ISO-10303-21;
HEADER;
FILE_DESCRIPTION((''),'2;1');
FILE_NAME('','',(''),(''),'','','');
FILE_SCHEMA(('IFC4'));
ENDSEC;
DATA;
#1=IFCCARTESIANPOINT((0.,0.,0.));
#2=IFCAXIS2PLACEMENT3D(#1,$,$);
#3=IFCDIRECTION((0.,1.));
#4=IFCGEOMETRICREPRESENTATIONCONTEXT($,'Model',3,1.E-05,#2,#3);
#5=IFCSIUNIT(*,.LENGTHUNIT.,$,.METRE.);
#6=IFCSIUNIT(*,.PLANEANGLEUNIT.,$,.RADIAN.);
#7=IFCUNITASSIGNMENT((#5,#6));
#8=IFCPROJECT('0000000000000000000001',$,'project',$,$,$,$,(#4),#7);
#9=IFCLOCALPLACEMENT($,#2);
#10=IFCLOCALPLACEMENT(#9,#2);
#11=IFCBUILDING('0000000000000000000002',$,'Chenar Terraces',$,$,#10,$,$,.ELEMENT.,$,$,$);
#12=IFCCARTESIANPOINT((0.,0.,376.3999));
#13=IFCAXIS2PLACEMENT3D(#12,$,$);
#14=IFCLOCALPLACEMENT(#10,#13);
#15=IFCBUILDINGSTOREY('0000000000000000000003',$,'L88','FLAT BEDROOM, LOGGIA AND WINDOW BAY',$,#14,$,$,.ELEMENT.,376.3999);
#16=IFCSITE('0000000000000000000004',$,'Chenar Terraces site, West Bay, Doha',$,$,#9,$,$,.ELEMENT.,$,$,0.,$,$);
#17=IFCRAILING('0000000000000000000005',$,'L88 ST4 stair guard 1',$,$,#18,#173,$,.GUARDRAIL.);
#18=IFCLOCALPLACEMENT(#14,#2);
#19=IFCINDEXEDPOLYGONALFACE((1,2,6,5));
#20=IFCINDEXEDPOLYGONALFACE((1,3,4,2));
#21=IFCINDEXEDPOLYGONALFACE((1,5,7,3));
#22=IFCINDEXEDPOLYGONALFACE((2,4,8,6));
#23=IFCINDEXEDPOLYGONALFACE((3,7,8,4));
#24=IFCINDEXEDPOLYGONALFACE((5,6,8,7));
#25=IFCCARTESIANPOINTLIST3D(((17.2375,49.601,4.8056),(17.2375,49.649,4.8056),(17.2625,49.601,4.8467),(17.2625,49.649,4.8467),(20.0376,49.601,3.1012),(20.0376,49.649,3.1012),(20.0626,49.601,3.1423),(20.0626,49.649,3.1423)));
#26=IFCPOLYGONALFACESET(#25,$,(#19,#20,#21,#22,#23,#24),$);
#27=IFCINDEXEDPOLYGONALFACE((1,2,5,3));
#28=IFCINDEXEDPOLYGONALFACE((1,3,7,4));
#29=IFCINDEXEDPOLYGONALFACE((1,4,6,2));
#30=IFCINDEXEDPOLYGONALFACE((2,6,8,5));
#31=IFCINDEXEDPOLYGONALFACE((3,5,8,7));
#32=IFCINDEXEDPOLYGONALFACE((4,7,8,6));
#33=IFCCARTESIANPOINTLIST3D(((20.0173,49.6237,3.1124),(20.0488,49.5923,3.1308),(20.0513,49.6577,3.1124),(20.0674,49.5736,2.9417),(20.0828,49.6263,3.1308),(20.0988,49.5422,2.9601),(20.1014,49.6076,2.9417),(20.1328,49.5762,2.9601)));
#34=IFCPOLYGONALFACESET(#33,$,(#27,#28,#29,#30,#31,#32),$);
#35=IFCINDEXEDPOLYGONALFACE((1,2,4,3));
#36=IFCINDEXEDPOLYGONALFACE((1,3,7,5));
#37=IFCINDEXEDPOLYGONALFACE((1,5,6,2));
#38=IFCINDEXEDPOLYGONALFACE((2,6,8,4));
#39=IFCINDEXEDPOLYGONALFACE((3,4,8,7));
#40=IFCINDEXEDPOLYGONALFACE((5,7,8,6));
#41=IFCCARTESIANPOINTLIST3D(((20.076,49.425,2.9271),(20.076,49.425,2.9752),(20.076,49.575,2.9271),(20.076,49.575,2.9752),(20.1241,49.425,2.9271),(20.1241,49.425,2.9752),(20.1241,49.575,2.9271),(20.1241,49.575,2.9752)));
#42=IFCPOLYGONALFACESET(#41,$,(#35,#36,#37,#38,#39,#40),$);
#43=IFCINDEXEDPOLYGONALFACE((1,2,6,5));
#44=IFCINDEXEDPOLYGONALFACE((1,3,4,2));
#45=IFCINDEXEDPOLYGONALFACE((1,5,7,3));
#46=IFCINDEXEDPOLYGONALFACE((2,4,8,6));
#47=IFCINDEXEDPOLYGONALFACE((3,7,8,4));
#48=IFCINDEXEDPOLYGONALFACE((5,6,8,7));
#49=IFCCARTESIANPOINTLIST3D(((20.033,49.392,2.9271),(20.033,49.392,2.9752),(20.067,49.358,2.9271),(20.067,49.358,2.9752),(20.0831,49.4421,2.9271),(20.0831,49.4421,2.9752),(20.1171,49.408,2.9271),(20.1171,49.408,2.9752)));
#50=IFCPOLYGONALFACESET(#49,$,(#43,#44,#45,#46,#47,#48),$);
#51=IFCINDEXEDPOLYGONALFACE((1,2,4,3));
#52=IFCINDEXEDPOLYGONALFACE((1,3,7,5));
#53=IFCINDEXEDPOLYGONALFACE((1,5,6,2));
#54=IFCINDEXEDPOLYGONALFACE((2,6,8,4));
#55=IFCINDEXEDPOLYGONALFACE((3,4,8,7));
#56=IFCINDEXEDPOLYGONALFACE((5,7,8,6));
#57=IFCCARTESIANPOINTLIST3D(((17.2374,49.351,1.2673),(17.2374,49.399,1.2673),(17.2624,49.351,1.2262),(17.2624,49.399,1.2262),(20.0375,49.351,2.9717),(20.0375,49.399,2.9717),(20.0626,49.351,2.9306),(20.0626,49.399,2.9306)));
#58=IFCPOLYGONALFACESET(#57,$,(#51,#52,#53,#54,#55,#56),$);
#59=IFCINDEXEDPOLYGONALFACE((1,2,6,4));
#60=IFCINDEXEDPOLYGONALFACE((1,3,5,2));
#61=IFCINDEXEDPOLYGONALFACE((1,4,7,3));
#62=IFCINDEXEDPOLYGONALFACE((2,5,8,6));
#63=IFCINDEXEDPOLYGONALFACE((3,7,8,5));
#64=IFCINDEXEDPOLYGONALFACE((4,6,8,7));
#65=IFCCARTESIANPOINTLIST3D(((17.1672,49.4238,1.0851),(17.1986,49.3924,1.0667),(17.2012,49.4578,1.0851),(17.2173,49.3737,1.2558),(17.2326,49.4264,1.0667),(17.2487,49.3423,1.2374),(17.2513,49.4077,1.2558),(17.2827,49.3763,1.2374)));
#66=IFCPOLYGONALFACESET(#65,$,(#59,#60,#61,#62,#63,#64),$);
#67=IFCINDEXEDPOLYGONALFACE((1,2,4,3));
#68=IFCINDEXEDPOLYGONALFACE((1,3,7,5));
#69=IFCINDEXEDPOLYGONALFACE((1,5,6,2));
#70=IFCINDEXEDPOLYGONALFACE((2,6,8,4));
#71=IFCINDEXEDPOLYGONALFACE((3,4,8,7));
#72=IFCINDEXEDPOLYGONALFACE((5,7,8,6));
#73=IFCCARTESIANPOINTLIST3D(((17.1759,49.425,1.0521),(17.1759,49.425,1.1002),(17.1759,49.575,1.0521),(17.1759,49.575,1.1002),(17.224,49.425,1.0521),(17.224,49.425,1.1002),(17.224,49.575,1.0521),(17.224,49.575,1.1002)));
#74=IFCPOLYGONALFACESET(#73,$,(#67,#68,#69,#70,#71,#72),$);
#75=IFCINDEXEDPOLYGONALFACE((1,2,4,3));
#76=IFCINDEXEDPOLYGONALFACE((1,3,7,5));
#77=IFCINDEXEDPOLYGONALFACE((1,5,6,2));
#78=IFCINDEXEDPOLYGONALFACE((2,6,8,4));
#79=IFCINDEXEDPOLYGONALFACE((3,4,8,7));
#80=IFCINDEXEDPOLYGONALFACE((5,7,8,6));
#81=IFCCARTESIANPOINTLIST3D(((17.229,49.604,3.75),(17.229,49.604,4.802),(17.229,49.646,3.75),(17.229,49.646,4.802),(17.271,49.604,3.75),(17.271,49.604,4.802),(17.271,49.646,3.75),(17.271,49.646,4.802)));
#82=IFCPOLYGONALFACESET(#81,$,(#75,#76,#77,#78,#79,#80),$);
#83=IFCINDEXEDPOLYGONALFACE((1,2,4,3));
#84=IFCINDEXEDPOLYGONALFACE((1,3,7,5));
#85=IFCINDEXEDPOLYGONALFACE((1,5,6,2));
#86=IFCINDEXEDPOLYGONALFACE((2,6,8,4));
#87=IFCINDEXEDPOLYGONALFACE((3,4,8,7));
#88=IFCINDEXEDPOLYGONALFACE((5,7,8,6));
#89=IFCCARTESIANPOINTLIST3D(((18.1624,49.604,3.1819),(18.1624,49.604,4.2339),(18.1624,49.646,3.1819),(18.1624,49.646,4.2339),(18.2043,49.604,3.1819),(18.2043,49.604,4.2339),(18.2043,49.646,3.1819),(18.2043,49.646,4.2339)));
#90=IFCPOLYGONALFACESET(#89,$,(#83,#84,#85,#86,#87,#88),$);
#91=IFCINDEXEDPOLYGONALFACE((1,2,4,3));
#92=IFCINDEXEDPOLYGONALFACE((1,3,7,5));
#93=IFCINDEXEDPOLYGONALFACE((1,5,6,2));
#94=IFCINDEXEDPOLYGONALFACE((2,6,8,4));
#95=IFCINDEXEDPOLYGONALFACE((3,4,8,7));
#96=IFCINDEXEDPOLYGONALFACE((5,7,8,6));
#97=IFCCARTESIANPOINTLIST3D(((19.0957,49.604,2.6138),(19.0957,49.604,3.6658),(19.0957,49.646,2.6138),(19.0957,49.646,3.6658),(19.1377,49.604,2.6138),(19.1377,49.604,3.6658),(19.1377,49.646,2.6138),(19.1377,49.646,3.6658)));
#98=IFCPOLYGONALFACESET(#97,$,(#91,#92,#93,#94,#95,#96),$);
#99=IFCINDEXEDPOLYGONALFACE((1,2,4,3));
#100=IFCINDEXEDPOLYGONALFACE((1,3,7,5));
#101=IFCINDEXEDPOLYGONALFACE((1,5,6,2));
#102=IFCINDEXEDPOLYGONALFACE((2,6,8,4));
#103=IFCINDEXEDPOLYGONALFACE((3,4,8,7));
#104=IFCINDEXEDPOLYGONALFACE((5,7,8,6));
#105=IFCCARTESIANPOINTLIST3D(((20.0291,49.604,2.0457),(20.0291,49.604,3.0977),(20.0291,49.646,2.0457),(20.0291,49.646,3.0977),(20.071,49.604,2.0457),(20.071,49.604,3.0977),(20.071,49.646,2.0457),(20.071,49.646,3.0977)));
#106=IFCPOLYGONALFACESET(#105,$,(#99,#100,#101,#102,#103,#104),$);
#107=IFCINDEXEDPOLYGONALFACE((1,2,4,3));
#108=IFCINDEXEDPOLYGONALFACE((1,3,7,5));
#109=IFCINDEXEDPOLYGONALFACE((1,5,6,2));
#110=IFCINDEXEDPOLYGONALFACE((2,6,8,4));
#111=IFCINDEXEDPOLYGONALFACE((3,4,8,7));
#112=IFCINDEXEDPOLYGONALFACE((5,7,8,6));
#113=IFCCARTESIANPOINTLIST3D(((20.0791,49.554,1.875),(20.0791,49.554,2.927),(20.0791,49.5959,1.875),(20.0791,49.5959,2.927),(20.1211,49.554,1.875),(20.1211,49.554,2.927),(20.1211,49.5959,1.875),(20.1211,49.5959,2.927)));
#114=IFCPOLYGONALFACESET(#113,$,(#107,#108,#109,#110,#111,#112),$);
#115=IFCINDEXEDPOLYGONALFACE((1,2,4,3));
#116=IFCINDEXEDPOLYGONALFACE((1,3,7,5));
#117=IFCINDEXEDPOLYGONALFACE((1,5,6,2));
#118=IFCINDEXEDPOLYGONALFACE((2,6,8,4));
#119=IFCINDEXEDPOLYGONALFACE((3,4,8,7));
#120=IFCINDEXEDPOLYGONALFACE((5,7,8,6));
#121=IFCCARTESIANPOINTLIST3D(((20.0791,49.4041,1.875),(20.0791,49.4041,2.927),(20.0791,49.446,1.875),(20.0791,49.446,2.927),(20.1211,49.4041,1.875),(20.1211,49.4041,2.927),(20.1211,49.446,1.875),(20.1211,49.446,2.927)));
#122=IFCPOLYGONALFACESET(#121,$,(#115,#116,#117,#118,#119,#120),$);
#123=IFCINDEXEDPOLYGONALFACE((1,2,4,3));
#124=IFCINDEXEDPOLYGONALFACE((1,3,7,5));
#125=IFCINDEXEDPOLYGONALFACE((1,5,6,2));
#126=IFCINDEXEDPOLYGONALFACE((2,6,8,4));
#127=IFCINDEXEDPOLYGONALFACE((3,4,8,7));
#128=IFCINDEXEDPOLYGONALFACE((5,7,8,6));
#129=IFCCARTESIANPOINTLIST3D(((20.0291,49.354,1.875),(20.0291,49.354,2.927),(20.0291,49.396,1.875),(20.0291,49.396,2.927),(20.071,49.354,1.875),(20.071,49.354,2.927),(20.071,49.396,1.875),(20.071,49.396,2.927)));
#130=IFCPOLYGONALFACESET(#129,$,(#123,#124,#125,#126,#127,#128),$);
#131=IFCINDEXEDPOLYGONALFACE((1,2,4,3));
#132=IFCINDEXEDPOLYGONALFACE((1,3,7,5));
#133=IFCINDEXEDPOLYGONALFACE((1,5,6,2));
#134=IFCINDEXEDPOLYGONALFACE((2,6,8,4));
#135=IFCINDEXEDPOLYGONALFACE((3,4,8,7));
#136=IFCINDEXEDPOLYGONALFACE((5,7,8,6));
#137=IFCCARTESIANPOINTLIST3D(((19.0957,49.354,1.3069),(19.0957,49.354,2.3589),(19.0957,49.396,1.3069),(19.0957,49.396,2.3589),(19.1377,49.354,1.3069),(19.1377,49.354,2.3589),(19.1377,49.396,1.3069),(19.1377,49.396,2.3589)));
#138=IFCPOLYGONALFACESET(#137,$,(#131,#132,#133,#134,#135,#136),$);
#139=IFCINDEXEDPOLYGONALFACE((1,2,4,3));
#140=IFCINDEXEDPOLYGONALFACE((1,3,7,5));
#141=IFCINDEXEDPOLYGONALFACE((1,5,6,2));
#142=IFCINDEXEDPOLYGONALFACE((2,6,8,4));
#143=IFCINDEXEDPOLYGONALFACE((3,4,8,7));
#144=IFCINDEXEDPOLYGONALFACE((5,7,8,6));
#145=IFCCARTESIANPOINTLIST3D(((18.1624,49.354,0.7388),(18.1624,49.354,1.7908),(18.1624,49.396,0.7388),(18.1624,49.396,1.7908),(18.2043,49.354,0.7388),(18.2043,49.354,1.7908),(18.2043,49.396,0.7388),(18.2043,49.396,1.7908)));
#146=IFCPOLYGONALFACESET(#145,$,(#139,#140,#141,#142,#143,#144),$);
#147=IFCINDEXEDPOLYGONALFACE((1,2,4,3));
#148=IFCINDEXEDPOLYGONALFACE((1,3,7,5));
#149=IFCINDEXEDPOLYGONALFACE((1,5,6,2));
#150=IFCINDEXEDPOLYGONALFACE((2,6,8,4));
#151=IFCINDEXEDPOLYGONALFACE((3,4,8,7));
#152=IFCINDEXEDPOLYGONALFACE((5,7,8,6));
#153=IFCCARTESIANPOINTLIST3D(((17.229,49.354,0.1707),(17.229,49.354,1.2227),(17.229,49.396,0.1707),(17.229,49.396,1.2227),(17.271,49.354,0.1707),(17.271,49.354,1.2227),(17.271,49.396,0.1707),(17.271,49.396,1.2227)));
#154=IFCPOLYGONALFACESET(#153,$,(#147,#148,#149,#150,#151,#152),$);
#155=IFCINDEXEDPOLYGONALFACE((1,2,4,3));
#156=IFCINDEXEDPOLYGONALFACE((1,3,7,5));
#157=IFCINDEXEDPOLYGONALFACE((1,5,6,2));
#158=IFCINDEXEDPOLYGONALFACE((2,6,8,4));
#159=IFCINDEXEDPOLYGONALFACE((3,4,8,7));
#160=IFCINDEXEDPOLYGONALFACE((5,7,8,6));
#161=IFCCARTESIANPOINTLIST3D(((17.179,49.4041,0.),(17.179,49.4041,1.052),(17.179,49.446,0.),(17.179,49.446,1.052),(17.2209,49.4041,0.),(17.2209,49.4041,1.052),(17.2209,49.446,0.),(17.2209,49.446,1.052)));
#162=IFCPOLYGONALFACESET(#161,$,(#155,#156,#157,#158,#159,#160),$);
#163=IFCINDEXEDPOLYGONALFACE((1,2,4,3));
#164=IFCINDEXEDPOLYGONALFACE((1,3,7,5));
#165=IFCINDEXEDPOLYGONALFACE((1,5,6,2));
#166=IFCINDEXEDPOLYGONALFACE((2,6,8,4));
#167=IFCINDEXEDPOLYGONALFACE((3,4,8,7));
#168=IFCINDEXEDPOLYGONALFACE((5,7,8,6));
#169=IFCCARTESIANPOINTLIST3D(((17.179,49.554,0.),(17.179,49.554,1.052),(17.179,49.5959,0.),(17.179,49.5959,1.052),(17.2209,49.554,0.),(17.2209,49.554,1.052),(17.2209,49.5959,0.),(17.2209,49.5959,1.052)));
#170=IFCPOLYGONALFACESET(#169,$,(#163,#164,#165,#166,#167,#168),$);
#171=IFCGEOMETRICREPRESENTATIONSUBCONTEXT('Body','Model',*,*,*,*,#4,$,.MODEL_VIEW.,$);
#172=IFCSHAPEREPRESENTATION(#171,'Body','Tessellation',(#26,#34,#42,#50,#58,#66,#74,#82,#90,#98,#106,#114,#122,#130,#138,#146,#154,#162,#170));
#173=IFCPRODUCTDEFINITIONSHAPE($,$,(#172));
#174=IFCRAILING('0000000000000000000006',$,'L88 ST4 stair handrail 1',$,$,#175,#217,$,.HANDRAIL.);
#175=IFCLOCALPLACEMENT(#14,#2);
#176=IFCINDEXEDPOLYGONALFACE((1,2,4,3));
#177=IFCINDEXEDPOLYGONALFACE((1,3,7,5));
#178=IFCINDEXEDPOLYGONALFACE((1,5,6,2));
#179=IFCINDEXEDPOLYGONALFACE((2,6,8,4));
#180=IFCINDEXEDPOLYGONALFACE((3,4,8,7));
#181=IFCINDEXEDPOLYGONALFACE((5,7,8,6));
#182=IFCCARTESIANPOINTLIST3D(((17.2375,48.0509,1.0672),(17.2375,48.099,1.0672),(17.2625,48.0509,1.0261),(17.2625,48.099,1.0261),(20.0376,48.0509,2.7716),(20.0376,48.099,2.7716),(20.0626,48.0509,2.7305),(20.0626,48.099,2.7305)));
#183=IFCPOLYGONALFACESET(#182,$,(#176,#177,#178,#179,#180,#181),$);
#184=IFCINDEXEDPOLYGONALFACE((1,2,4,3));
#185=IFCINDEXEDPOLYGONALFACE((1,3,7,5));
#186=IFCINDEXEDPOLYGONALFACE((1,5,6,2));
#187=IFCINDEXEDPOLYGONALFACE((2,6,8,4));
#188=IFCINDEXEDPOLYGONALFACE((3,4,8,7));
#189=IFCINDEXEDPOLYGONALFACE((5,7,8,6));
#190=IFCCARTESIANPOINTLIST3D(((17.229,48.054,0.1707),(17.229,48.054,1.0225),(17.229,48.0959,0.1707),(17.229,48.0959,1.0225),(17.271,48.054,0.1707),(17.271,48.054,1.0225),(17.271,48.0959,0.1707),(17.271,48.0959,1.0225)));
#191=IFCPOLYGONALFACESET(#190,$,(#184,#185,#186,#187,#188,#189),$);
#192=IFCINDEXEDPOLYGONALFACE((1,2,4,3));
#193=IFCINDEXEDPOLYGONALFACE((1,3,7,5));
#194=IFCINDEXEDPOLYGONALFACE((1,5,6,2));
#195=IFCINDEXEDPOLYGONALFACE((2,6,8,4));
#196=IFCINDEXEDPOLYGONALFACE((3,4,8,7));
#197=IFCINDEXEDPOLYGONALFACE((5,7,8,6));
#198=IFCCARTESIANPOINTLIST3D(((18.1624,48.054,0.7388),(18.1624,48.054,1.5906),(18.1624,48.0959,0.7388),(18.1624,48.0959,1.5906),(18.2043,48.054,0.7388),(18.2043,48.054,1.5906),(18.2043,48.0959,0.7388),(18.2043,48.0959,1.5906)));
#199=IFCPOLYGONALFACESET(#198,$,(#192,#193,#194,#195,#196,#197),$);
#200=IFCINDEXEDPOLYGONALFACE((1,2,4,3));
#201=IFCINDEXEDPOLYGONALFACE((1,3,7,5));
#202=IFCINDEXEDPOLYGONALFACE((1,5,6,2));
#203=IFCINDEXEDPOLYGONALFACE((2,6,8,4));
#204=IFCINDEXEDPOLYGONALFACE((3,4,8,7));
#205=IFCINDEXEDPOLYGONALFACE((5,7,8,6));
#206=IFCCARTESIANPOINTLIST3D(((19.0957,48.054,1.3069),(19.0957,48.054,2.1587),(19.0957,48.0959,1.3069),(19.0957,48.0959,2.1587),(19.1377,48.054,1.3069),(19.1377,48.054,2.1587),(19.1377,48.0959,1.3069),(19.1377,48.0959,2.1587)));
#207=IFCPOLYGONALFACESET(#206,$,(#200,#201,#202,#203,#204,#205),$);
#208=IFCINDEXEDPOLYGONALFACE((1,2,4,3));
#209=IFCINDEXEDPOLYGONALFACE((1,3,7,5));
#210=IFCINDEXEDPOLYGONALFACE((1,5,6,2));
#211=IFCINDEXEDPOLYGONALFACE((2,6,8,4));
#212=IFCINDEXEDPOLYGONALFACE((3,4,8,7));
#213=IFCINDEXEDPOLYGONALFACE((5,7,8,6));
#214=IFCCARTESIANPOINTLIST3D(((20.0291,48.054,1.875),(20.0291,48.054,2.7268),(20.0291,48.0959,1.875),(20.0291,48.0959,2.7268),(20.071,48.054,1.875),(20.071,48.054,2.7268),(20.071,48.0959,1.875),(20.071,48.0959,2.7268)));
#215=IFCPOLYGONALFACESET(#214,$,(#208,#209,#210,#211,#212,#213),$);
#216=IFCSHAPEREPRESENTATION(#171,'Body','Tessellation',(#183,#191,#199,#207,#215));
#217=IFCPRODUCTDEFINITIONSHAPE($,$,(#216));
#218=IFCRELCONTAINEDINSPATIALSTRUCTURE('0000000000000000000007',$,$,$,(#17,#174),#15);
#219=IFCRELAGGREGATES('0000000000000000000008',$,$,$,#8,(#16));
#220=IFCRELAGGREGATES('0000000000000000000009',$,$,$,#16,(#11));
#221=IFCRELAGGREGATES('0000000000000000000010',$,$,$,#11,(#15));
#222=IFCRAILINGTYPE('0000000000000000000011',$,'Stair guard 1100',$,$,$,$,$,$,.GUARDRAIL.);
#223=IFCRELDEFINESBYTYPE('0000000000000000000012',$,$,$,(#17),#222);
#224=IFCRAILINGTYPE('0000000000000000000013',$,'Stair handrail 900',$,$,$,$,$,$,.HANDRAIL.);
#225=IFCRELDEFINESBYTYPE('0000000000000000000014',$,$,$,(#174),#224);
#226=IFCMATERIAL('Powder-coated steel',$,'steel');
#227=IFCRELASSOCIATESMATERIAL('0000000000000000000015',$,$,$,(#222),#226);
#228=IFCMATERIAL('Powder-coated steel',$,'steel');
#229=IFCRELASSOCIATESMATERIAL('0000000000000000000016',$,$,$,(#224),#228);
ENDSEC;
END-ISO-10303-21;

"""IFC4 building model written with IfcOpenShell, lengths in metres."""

from ifc_helpers import new_model, si_unit, direction, frame, origin, origin_2d, place, context, subcontext, project, spatial, rectangle, extrude, material, type_object, element, save


model = new_model("IFC4")

# Units and contexts
model_context = context("Model", 3, precision=1e-05, world=origin(), true_north=direction((0.0, 1.0)))
body_context = subcontext(model_context, "Body", "Model", "MODEL_VIEW")
ifc_project = project(units=[si_unit("LENGTHUNIT", "METRE"), si_unit("PLANEANGLEUNIT", "RADIAN")], contexts=[model_context])

# Site, building, storey
site_placement = place(None, origin())
site = spatial("IfcSite", under=ifc_project, at=site_placement, Name="Chenar Terraces site, West Bay, Doha", CompositionType="ELEMENT", RefElevation=0.0)
building_placement = place(site_placement, origin())
building = spatial("IfcBuilding", under=site, at=building_placement, Name="Chenar Terraces", CompositionType="ELEMENT")
storey_placement = place(building_placement, frame((0.0, 0.0, 376.3999)))
storey = spatial("IfcBuildingStorey", under=building, at=storey_placement, Name="L88", Description="FLAT BEDROOM, LOGGIA AND WINDOW BAY", CompositionType="ELEMENT", Elevation=376.3999)

# Railings
ifc_material_1 = material(Name="Powder-coated steel", Category="steel")
railing_type_1 = type_object("IfcRailingType", Name="Stair guard 1100", PredefinedType="GUARDRAIL", material=ifc_material_1)
railing_1_placement = place(storey_placement, frame((17.25, 49.625, 3.75)))
element("IfcRailing", 1, at=railing_1_placement, inside=storey, type_object=railing_type_1, Name="L88 ST4 stair guard 1", PredefinedType="GUARDRAIL", context=body_context, shape_type="SweptSolid", body=[
    extrude(rectangle(XDim=0.0481, YDim=0.0481, at=origin_2d()), frame((0.0, 0.0, 1.0762), z_axis=(0.854203, 0.0, -0.51994), x_axis=(0.0, 1.0, 0.0)), (0.0, 0.0, 1.0), 3.2781),
    extrude(rectangle(XDim=0.0481, YDim=0.0481, at=origin_2d()), frame((2.8, 0.0, -0.6284), z_axis=(0.2709, -0.2709, -0.923703), x_axis=(0.707107, 0.707107, 0.0)), (0.0, 0.0, 1.0), 0.1848),
    extrude(rectangle(XDim=0.0481, YDim=0.0481, at=origin_2d()), frame((2.8501, -0.05, -0.7988), z_axis=(0.0, -1.0, 0.0), x_axis=(1.0, 0.0, 0.0)), (0.0, 0.0, 1.0), 0.1499),
    extrude(rectangle(XDim=0.0481, YDim=0.0481, at=origin_2d()), frame((2.8501, -0.2, -0.7988), z_axis=(-0.707107, -0.707107, 0.0), x_axis=(0.707107, -0.707107, 0.0)), (0.0, 0.0, 1.0), 0.0708),
    extrude(rectangle(XDim=0.0481, YDim=0.0481, at=origin_2d()), frame((2.8, -0.25, -0.7988), z_axis=(-0.854203, 0.0, -0.51994), x_axis=(0.0, -1.0, 0.0)), (0.0, 0.0, 1.0), 3.2781),
    extrude(rectangle(XDim=0.0481, YDim=0.0481, at=origin_2d()), frame((0.0, -0.25, -2.5034), z_axis=(-0.2709, 0.2709, -0.923703), x_axis=(-0.707107, -0.707107, 0.0)), (0.0, 0.0, 1.0), 0.1848),
    extrude(rectangle(XDim=0.0481, YDim=0.0481, at=origin_2d()), frame((-0.05, -0.2, -2.6738), z_axis=(0.0, 1.0, 0.0), x_axis=(-1.0, 0.0, 0.0)), (0.0, 0.0, 1.0), 0.1499),
    extrude(rectangle(XDim=0.042, YDim=0.042, at=origin_2d()), origin(), (0.0, 0.0, 1.0), 1.052),
    extrude(rectangle(XDim=0.042, YDim=0.042, at=origin_2d()), frame((0.9333, 0.0, -0.5681)), (0.0, 0.0, 1.0), 1.052),
    extrude(rectangle(XDim=0.042, YDim=0.042, at=origin_2d()), frame((1.8667, 0.0, -1.1362)), (0.0, 0.0, 1.0), 1.052),
    extrude(rectangle(XDim=0.042, YDim=0.042, at=origin_2d()), frame((2.8, 0.0, -1.7043)), (0.0, 0.0, 1.0), 1.052),
    extrude(rectangle(XDim=0.042, YDim=0.042, at=origin_2d()), frame((2.8501, -0.05, -1.875)), (0.0, 0.0, 1.0), 1.052),
    extrude(rectangle(XDim=0.042, YDim=0.042, at=origin_2d()), frame((2.8501, -0.2, -1.875)), (0.0, 0.0, 1.0), 1.052),
    extrude(rectangle(XDim=0.042, YDim=0.042, at=origin_2d()), frame((2.8, -0.25, -1.875)), (0.0, 0.0, 1.0), 1.052),
    extrude(rectangle(XDim=0.042, YDim=0.042, at=origin_2d()), frame((1.8667, -0.25, -2.4431)), (0.0, 0.0, 1.0), 1.052),
    extrude(rectangle(XDim=0.042, YDim=0.042, at=origin_2d()), frame((0.9333, -0.25, -3.0112)), (0.0, 0.0, 1.0), 1.052),
    extrude(rectangle(XDim=0.042, YDim=0.042, at=origin_2d()), frame((0.0, -0.25, -3.5793)), (0.0, 0.0, 1.0), 1.052),
    extrude(rectangle(XDim=0.042, YDim=0.042, at=origin_2d()), frame((-0.05, -0.2, -3.75)), (0.0, 0.0, 1.0), 1.052),
    extrude(rectangle(XDim=0.042, YDim=0.042, at=origin_2d()), frame((-0.05, -0.05, -3.75)), (0.0, 0.0, 1.0), 1.052),
])
ifc_material_2 = material(Name="Powder-coated steel", Category="steel")
railing_type_2 = type_object("IfcRailingType", Name="Stair handrail 900", PredefinedType="HANDRAIL", material=ifc_material_2)
railing_2_placement = place(storey_placement, frame((17.25, 48.075, 0.1707)))
element("IfcRailing", 2, at=railing_2_placement, inside=storey, type_object=railing_type_2, Name="L88 ST4 stair handrail 1", PredefinedType="HANDRAIL", context=body_context, shape_type="SweptSolid", body=[
    extrude(rectangle(XDim=0.0481, YDim=0.0481, at=origin_2d()), frame((0.0, 0.0, 0.876), z_axis=(0.854203, 0.0, 0.51994), x_axis=(0.0, 1.0, 0.0)), (0.0, 0.0, 1.0), 3.2781),
    extrude(rectangle(XDim=0.042, YDim=0.042, at=origin_2d()), origin(), (0.0, 0.0, 1.0), 0.8518),
    extrude(rectangle(XDim=0.042, YDim=0.042, at=origin_2d()), frame((0.9333, 0.0, 0.5681)), (0.0, 0.0, 1.0), 0.8518),
    extrude(rectangle(XDim=0.042, YDim=0.042, at=origin_2d()), frame((1.8667, 0.0, 1.1362)), (0.0, 0.0, 1.0), 0.8518),
    extrude(rectangle(XDim=0.042, YDim=0.042, at=origin_2d()), frame((2.8, 0.0, 1.7043)), (0.0, 0.0, 1.0), 0.8518),
])

save(model, "model.ifc")
